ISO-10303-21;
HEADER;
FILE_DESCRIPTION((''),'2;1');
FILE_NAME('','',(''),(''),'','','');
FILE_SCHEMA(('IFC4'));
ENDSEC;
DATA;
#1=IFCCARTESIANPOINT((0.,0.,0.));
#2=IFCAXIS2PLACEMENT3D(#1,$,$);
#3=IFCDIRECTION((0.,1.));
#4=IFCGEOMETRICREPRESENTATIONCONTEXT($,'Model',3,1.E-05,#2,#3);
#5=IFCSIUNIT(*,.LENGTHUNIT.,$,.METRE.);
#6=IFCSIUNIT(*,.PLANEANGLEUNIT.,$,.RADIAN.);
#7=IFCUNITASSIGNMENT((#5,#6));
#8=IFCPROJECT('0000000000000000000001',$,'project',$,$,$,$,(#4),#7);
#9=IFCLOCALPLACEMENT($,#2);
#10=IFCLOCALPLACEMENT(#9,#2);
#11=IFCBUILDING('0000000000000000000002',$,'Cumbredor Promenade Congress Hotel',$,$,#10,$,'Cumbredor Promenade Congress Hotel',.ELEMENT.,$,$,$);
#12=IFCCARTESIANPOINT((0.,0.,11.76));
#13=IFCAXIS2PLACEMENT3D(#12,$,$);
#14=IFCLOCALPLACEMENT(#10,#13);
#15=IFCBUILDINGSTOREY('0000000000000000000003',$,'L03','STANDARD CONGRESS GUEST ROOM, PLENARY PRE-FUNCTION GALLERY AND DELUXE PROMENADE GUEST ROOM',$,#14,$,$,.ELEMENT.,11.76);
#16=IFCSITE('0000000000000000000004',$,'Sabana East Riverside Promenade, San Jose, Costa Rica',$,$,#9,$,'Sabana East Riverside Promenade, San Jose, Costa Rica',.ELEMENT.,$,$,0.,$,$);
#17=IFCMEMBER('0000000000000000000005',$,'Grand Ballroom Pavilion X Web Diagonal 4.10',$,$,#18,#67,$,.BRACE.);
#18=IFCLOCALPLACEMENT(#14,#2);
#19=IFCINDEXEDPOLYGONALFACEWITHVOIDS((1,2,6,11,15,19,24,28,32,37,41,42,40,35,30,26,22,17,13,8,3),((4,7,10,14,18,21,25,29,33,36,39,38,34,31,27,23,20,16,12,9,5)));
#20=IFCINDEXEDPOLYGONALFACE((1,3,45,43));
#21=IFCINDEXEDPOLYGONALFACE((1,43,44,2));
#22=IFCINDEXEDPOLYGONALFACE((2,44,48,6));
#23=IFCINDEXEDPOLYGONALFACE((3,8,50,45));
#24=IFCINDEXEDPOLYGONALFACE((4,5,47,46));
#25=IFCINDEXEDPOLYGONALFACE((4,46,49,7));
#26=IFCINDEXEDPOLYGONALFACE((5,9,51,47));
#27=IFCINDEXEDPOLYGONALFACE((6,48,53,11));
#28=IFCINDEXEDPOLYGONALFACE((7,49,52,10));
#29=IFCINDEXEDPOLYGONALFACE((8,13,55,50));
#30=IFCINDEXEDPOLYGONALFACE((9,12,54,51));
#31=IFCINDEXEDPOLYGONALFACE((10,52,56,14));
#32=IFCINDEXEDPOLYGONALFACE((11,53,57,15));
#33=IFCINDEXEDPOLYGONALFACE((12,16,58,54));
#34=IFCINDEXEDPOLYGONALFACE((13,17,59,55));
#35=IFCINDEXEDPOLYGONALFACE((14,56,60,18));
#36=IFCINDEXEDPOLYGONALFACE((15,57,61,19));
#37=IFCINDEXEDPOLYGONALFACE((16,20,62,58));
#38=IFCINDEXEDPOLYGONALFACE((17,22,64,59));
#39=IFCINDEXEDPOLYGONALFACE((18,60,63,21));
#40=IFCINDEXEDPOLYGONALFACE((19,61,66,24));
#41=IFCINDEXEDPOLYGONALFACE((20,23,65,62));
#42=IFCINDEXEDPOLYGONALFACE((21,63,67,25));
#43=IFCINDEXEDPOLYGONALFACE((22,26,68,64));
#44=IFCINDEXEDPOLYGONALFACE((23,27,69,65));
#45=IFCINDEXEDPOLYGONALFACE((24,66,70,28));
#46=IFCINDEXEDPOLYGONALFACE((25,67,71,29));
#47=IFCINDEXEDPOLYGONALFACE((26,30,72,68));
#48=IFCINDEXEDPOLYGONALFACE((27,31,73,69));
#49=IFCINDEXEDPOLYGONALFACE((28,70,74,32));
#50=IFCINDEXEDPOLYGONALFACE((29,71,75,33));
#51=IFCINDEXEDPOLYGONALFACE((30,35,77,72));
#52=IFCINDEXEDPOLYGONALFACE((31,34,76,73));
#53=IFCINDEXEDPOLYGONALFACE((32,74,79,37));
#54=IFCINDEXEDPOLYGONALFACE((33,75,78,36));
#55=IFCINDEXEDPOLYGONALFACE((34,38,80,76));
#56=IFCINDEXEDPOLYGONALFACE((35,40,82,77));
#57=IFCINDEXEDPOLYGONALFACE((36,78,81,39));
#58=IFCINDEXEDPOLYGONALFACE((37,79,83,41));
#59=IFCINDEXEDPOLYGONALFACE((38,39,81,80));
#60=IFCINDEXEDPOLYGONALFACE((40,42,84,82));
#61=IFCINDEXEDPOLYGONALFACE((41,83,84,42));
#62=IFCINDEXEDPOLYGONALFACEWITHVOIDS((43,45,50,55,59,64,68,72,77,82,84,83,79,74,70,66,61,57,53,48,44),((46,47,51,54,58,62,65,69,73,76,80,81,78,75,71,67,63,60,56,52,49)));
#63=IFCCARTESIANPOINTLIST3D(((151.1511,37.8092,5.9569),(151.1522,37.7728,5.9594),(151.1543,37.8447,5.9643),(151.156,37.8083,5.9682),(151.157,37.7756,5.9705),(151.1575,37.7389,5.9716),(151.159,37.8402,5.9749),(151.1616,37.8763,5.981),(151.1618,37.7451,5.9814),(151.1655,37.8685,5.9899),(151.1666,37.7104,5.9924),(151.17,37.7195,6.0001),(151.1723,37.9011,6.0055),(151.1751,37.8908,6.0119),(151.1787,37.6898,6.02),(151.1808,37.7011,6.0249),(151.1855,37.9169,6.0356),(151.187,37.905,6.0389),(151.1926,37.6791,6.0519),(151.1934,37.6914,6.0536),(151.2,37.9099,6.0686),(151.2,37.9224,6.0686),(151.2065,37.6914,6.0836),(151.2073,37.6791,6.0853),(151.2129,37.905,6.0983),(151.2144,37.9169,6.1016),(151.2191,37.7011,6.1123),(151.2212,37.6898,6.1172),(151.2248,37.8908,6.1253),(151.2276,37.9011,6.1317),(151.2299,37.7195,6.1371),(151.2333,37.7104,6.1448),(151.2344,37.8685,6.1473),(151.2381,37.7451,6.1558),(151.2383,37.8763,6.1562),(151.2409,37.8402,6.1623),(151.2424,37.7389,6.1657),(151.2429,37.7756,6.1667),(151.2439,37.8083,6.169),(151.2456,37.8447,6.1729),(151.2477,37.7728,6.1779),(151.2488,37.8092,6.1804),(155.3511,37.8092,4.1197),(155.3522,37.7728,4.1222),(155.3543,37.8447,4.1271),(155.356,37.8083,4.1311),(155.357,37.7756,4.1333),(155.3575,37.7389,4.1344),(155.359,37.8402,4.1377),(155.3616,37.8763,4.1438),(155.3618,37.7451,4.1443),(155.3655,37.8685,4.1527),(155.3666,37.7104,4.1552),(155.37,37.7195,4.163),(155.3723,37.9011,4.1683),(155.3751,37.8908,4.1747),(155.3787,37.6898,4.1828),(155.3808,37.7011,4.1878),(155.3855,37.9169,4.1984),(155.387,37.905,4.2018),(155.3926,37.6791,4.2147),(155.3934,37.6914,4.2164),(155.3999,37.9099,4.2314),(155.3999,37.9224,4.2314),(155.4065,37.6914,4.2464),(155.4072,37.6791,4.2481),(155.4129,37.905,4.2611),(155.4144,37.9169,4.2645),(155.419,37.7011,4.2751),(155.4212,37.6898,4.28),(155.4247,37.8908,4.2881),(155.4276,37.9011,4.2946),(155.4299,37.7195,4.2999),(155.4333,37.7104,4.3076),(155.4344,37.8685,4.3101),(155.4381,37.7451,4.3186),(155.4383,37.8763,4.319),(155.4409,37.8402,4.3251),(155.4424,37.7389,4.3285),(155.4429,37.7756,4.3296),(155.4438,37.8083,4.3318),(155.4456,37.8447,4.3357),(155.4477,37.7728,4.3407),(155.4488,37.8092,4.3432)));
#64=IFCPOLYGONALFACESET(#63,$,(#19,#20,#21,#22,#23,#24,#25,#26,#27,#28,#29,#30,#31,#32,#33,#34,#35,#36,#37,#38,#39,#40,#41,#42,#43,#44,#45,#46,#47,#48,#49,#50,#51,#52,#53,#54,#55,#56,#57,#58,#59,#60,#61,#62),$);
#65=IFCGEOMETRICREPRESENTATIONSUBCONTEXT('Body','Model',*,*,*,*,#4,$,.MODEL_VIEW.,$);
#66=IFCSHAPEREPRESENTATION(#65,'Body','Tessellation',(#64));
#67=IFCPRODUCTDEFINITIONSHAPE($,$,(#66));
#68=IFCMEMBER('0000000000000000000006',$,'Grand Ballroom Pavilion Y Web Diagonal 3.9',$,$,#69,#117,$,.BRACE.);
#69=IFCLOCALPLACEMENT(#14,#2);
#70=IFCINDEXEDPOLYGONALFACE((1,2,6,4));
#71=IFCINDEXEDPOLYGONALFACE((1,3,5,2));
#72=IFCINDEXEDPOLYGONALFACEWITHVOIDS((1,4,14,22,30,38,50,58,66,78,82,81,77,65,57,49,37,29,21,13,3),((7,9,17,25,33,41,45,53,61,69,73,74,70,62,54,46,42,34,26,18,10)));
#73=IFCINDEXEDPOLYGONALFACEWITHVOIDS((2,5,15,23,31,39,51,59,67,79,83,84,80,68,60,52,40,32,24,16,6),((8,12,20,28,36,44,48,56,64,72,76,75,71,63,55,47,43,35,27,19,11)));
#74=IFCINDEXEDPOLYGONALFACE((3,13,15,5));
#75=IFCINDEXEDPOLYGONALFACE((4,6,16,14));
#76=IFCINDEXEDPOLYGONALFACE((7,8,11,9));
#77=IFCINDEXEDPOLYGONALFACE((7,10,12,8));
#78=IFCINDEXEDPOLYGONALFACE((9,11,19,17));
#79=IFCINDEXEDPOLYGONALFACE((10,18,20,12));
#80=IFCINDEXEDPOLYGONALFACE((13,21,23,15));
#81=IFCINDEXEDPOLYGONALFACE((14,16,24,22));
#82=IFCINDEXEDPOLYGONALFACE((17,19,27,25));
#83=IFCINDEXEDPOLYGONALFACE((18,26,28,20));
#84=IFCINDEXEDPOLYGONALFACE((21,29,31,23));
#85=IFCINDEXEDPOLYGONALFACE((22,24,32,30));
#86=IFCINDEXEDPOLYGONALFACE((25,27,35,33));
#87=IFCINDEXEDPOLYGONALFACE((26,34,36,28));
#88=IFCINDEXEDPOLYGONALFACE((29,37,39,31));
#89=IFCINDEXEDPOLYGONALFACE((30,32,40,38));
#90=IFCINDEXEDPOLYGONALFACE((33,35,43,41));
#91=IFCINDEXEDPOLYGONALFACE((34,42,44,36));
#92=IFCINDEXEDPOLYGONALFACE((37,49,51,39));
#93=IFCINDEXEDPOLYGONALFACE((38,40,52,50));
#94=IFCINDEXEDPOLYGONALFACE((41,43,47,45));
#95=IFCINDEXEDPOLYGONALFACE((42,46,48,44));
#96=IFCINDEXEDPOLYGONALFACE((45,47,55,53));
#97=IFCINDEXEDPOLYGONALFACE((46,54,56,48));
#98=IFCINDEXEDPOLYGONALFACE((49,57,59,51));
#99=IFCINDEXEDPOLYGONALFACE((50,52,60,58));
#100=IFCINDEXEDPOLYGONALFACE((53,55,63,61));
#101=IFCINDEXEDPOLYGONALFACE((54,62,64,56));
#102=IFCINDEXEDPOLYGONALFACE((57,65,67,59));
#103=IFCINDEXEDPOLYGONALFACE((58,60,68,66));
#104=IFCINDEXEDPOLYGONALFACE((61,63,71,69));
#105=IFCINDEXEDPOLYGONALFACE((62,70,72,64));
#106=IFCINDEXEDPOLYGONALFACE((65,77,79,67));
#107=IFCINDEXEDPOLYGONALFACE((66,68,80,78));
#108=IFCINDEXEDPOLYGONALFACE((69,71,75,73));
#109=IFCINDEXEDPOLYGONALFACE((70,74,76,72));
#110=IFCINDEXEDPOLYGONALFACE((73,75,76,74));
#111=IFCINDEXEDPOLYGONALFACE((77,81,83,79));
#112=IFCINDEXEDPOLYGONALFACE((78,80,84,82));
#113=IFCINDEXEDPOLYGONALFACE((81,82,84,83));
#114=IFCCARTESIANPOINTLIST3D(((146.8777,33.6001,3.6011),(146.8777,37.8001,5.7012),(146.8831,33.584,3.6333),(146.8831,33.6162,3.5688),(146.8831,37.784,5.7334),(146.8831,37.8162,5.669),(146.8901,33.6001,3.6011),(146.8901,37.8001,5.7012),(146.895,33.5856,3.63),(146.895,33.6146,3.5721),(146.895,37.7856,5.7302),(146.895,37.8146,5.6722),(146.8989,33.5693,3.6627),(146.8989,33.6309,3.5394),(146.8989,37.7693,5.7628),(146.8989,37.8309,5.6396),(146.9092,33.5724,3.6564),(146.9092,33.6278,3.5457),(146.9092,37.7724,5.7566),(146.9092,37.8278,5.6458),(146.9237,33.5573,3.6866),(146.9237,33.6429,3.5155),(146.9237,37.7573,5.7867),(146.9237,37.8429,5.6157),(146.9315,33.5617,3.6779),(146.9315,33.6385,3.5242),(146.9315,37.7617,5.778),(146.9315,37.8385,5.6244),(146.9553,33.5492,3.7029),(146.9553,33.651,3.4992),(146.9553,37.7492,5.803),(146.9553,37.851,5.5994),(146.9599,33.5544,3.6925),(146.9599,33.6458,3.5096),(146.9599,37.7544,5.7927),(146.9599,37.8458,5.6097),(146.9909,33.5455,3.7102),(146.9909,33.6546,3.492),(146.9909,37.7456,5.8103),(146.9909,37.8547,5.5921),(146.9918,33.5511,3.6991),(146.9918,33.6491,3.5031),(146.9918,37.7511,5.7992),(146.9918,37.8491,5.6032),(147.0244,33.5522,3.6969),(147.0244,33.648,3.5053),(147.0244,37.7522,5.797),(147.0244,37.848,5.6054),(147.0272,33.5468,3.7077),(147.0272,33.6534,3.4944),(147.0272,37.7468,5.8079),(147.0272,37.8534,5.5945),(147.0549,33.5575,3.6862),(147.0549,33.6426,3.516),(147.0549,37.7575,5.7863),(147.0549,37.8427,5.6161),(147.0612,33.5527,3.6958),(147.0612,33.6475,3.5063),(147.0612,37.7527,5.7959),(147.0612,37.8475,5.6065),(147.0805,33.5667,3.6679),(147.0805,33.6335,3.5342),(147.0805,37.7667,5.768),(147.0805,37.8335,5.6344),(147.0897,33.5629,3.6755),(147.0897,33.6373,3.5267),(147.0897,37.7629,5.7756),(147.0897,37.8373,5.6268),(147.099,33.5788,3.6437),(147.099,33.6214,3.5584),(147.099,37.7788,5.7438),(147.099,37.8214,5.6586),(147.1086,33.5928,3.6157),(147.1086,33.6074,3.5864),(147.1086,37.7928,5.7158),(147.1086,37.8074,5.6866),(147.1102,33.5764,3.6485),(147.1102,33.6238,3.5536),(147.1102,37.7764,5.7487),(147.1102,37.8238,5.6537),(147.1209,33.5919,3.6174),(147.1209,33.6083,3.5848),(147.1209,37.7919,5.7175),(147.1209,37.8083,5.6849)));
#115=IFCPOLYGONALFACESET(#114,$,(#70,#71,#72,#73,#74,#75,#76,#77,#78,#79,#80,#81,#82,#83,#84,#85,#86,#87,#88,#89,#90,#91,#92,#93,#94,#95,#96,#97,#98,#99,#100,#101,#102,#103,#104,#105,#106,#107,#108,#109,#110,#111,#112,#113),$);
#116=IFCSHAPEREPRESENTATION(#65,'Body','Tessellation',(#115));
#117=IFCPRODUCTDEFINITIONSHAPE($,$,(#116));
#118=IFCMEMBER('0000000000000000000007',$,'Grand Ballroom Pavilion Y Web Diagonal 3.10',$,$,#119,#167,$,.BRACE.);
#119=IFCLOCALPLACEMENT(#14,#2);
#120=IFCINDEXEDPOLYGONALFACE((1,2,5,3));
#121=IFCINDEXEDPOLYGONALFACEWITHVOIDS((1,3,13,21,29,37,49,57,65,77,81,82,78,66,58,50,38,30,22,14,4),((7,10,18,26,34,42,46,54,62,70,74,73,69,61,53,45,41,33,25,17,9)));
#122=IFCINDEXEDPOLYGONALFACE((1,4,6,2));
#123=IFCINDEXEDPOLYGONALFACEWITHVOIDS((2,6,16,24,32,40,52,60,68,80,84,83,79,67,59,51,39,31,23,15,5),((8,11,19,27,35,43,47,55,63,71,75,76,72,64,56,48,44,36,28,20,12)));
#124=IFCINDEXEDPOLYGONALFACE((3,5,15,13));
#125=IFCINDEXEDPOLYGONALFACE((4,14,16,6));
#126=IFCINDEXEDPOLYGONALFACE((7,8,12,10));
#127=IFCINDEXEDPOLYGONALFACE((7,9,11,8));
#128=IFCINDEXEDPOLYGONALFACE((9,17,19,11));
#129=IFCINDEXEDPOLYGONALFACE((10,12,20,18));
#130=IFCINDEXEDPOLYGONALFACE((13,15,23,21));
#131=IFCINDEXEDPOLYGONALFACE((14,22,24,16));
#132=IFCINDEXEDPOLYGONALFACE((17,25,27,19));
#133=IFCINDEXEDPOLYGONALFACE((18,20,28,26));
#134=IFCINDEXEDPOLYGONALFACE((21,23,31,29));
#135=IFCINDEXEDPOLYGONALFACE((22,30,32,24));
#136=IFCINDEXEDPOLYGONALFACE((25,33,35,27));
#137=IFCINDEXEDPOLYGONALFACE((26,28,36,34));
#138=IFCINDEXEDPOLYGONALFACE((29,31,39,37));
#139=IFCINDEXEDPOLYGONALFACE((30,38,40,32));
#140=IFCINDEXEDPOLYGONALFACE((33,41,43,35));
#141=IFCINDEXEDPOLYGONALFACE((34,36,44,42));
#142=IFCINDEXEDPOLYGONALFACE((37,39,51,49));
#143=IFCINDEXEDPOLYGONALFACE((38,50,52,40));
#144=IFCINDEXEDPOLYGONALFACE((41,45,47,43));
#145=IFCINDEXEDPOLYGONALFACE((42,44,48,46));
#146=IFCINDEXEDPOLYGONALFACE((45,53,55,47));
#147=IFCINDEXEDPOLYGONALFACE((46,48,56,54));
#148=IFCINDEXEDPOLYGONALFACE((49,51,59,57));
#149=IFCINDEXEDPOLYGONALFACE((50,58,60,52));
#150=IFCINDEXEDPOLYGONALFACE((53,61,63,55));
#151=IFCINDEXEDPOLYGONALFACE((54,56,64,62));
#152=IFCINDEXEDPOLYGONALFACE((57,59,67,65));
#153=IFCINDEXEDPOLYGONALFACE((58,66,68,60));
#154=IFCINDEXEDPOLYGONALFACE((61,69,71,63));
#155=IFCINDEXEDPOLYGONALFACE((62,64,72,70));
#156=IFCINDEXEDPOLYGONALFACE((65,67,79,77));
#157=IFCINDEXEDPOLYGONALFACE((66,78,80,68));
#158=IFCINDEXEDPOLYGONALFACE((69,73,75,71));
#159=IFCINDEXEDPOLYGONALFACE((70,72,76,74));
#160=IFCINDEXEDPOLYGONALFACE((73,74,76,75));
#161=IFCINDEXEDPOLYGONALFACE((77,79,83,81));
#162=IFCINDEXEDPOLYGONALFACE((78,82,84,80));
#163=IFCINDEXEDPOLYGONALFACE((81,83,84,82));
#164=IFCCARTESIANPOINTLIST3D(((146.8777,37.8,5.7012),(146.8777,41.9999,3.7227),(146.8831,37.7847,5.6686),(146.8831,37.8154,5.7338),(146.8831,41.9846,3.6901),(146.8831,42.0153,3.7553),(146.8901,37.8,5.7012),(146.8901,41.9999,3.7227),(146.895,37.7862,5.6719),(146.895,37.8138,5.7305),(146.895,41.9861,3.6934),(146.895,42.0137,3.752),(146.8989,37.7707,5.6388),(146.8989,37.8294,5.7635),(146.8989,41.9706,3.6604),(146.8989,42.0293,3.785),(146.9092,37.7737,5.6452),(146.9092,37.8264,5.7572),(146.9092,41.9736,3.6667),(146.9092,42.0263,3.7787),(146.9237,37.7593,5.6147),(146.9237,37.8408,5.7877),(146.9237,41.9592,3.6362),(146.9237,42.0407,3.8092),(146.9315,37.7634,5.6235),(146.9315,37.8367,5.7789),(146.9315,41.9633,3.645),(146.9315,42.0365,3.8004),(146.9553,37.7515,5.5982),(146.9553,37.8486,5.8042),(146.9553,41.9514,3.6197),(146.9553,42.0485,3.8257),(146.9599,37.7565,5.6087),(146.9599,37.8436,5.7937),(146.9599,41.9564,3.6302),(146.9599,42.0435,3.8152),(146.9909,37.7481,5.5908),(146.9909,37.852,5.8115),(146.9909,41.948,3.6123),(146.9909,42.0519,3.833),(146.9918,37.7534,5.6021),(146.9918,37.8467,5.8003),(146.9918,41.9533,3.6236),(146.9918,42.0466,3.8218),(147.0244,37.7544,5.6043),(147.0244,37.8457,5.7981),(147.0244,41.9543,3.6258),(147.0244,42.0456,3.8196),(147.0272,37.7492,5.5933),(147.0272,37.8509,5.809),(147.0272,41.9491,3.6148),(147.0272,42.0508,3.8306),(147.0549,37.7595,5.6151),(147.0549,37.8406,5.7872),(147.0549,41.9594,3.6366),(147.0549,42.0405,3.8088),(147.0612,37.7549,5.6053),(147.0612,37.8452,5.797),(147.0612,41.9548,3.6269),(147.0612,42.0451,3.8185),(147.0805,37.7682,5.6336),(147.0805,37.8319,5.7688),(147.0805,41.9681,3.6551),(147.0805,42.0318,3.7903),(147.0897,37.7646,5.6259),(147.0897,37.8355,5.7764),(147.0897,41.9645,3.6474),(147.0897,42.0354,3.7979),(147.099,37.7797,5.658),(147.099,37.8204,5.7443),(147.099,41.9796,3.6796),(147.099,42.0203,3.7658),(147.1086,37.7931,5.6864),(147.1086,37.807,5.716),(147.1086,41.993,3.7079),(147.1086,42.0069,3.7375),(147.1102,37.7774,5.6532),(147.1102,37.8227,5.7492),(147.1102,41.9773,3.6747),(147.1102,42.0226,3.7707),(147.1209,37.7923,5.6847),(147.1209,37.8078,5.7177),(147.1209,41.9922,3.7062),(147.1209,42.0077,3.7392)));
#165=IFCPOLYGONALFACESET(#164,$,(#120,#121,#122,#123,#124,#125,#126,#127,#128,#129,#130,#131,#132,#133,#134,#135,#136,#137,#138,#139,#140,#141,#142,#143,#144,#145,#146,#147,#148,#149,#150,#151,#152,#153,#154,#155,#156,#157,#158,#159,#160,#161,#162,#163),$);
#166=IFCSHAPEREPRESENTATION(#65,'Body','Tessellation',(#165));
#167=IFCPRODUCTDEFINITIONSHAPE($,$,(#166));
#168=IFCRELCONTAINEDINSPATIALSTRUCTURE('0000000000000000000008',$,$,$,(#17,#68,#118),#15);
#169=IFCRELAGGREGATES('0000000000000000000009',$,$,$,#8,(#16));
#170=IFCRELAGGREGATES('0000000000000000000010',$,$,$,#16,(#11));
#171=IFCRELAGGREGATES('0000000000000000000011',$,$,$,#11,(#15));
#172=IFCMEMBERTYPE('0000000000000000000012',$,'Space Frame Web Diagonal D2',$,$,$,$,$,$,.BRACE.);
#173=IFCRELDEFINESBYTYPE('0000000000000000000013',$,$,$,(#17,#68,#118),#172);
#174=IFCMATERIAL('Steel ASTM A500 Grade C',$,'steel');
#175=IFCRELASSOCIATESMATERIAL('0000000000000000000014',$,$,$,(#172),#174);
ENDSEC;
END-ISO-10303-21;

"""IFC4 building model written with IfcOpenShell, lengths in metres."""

from ifc_helpers import new_model, si_unit, direction, frame, origin, origin_2d, place, context, subcontext, project, spatial, hollow_circle, extrude, material, material_profile, profile_set, type_object, element, save


model = new_model("IFC4")

# Units and contexts
model_context = context("Model", 3, precision=1e-05, world=origin(), true_north=direction((0.0, 1.0)))
body_context = subcontext(model_context, "Body", "Model", "MODEL_VIEW")
ifc_project = project(units=[si_unit("LENGTHUNIT", "METRE"), si_unit("PLANEANGLEUNIT", "RADIAN")], contexts=[model_context])

# Site, building, storey
site_placement = place(None, origin())
site = spatial("IfcSite", under=ifc_project, at=site_placement, Name="Sabana East Riverside Promenade, San Jose, Costa Rica", LongName="Sabana East Riverside Promenade, San Jose, Costa Rica", CompositionType="ELEMENT", RefElevation=0.0)
building_placement = place(site_placement, origin())
building = spatial("IfcBuilding", under=site, at=building_placement, Name="Cumbredor Promenade Congress Hotel", LongName="Cumbredor Promenade Congress Hotel", CompositionType="ELEMENT")
storey_placement = place(building_placement, frame((0.0, 0.0, 11.76)))
storey = spatial("IfcBuildingStorey", under=building, at=storey_placement, Name="L03", Description="STANDARD CONGRESS GUEST ROOM, PLENARY PRE-FUNCTION GALLERY AND DELUXE PROMENADE GUEST ROOM", CompositionType="ELEMENT", Elevation=11.76)

# Members
ifc_material_1 = material(Name="Steel ASTM A500 Grade C", Category="steel")
ifc_material_profile_1 = material_profile(ifc_material_1, hollow_circle(Radius=0.1223, WallThickness=0.0125, at=origin_2d()), Name="CHS 244.5x12.5")
ifc_profile_set_1 = profile_set([ifc_material_profile_1], Name="Steel ASTM A500 Grade C")
member_type_1 = type_object("IfcMemberType", Name="Space Frame Web Diagonal D2", PredefinedType="BRACE", material=ifc_profile_set_1)
member_1_placement = place(storey_placement, frame((151.2, 37.8, 6.0686), z_axis=(0.916183, 0.0, -0.40076), x_axis=(0.0, 1.0, 0.0)))
element("IfcMember", 1, at=member_1_placement, inside=storey, type_object=member_type_1, Name="Grand Ballroom Pavilion X Web Diagonal 4.10", PredefinedType="BRACE", context=body_context, shape_type="SweptSolid", body=[
    extrude(hollow_circle(Radius=0.1223, WallThickness=0.0125, at=origin_2d()), origin(), (0.0, 0.0, 1.0), 4.5842),
])
member_2_placement = place(storey_placement, frame((147.0, 33.6001, 3.6011), z_axis=(0.0, 0.894417, 0.447234), x_axis=(-1.0, 0.0, 0.0)))
element("IfcMember", 2, at=member_2_placement, inside=storey, type_object=member_type_1, Name="Grand Ballroom Pavilion Y Web Diagonal 3.9", PredefinedType="BRACE", context=body_context, shape_type="SweptSolid", body=[
    extrude(hollow_circle(Radius=0.1223, WallThickness=0.0125, at=origin_2d()), origin(), (0.0, 0.0, 1.0), 4.6958),
])
member_3_placement = place(storey_placement, frame((147.0, 37.8, 5.7012), z_axis=(0.0, 0.904647, -0.426162), x_axis=(-1.0, 0.0, 0.0)))
element("IfcMember", 3, at=member_3_placement, inside=storey, type_object=member_type_1, Name="Grand Ballroom Pavilion Y Web Diagonal 3.10", PredefinedType="BRACE", context=body_context, shape_type="SweptSolid", body=[
    extrude(hollow_circle(Radius=0.1223, WallThickness=0.0125, at=origin_2d()), origin(), (0.0, 0.0, 1.0), 4.6426),
])

save(model, "model.ifc")
